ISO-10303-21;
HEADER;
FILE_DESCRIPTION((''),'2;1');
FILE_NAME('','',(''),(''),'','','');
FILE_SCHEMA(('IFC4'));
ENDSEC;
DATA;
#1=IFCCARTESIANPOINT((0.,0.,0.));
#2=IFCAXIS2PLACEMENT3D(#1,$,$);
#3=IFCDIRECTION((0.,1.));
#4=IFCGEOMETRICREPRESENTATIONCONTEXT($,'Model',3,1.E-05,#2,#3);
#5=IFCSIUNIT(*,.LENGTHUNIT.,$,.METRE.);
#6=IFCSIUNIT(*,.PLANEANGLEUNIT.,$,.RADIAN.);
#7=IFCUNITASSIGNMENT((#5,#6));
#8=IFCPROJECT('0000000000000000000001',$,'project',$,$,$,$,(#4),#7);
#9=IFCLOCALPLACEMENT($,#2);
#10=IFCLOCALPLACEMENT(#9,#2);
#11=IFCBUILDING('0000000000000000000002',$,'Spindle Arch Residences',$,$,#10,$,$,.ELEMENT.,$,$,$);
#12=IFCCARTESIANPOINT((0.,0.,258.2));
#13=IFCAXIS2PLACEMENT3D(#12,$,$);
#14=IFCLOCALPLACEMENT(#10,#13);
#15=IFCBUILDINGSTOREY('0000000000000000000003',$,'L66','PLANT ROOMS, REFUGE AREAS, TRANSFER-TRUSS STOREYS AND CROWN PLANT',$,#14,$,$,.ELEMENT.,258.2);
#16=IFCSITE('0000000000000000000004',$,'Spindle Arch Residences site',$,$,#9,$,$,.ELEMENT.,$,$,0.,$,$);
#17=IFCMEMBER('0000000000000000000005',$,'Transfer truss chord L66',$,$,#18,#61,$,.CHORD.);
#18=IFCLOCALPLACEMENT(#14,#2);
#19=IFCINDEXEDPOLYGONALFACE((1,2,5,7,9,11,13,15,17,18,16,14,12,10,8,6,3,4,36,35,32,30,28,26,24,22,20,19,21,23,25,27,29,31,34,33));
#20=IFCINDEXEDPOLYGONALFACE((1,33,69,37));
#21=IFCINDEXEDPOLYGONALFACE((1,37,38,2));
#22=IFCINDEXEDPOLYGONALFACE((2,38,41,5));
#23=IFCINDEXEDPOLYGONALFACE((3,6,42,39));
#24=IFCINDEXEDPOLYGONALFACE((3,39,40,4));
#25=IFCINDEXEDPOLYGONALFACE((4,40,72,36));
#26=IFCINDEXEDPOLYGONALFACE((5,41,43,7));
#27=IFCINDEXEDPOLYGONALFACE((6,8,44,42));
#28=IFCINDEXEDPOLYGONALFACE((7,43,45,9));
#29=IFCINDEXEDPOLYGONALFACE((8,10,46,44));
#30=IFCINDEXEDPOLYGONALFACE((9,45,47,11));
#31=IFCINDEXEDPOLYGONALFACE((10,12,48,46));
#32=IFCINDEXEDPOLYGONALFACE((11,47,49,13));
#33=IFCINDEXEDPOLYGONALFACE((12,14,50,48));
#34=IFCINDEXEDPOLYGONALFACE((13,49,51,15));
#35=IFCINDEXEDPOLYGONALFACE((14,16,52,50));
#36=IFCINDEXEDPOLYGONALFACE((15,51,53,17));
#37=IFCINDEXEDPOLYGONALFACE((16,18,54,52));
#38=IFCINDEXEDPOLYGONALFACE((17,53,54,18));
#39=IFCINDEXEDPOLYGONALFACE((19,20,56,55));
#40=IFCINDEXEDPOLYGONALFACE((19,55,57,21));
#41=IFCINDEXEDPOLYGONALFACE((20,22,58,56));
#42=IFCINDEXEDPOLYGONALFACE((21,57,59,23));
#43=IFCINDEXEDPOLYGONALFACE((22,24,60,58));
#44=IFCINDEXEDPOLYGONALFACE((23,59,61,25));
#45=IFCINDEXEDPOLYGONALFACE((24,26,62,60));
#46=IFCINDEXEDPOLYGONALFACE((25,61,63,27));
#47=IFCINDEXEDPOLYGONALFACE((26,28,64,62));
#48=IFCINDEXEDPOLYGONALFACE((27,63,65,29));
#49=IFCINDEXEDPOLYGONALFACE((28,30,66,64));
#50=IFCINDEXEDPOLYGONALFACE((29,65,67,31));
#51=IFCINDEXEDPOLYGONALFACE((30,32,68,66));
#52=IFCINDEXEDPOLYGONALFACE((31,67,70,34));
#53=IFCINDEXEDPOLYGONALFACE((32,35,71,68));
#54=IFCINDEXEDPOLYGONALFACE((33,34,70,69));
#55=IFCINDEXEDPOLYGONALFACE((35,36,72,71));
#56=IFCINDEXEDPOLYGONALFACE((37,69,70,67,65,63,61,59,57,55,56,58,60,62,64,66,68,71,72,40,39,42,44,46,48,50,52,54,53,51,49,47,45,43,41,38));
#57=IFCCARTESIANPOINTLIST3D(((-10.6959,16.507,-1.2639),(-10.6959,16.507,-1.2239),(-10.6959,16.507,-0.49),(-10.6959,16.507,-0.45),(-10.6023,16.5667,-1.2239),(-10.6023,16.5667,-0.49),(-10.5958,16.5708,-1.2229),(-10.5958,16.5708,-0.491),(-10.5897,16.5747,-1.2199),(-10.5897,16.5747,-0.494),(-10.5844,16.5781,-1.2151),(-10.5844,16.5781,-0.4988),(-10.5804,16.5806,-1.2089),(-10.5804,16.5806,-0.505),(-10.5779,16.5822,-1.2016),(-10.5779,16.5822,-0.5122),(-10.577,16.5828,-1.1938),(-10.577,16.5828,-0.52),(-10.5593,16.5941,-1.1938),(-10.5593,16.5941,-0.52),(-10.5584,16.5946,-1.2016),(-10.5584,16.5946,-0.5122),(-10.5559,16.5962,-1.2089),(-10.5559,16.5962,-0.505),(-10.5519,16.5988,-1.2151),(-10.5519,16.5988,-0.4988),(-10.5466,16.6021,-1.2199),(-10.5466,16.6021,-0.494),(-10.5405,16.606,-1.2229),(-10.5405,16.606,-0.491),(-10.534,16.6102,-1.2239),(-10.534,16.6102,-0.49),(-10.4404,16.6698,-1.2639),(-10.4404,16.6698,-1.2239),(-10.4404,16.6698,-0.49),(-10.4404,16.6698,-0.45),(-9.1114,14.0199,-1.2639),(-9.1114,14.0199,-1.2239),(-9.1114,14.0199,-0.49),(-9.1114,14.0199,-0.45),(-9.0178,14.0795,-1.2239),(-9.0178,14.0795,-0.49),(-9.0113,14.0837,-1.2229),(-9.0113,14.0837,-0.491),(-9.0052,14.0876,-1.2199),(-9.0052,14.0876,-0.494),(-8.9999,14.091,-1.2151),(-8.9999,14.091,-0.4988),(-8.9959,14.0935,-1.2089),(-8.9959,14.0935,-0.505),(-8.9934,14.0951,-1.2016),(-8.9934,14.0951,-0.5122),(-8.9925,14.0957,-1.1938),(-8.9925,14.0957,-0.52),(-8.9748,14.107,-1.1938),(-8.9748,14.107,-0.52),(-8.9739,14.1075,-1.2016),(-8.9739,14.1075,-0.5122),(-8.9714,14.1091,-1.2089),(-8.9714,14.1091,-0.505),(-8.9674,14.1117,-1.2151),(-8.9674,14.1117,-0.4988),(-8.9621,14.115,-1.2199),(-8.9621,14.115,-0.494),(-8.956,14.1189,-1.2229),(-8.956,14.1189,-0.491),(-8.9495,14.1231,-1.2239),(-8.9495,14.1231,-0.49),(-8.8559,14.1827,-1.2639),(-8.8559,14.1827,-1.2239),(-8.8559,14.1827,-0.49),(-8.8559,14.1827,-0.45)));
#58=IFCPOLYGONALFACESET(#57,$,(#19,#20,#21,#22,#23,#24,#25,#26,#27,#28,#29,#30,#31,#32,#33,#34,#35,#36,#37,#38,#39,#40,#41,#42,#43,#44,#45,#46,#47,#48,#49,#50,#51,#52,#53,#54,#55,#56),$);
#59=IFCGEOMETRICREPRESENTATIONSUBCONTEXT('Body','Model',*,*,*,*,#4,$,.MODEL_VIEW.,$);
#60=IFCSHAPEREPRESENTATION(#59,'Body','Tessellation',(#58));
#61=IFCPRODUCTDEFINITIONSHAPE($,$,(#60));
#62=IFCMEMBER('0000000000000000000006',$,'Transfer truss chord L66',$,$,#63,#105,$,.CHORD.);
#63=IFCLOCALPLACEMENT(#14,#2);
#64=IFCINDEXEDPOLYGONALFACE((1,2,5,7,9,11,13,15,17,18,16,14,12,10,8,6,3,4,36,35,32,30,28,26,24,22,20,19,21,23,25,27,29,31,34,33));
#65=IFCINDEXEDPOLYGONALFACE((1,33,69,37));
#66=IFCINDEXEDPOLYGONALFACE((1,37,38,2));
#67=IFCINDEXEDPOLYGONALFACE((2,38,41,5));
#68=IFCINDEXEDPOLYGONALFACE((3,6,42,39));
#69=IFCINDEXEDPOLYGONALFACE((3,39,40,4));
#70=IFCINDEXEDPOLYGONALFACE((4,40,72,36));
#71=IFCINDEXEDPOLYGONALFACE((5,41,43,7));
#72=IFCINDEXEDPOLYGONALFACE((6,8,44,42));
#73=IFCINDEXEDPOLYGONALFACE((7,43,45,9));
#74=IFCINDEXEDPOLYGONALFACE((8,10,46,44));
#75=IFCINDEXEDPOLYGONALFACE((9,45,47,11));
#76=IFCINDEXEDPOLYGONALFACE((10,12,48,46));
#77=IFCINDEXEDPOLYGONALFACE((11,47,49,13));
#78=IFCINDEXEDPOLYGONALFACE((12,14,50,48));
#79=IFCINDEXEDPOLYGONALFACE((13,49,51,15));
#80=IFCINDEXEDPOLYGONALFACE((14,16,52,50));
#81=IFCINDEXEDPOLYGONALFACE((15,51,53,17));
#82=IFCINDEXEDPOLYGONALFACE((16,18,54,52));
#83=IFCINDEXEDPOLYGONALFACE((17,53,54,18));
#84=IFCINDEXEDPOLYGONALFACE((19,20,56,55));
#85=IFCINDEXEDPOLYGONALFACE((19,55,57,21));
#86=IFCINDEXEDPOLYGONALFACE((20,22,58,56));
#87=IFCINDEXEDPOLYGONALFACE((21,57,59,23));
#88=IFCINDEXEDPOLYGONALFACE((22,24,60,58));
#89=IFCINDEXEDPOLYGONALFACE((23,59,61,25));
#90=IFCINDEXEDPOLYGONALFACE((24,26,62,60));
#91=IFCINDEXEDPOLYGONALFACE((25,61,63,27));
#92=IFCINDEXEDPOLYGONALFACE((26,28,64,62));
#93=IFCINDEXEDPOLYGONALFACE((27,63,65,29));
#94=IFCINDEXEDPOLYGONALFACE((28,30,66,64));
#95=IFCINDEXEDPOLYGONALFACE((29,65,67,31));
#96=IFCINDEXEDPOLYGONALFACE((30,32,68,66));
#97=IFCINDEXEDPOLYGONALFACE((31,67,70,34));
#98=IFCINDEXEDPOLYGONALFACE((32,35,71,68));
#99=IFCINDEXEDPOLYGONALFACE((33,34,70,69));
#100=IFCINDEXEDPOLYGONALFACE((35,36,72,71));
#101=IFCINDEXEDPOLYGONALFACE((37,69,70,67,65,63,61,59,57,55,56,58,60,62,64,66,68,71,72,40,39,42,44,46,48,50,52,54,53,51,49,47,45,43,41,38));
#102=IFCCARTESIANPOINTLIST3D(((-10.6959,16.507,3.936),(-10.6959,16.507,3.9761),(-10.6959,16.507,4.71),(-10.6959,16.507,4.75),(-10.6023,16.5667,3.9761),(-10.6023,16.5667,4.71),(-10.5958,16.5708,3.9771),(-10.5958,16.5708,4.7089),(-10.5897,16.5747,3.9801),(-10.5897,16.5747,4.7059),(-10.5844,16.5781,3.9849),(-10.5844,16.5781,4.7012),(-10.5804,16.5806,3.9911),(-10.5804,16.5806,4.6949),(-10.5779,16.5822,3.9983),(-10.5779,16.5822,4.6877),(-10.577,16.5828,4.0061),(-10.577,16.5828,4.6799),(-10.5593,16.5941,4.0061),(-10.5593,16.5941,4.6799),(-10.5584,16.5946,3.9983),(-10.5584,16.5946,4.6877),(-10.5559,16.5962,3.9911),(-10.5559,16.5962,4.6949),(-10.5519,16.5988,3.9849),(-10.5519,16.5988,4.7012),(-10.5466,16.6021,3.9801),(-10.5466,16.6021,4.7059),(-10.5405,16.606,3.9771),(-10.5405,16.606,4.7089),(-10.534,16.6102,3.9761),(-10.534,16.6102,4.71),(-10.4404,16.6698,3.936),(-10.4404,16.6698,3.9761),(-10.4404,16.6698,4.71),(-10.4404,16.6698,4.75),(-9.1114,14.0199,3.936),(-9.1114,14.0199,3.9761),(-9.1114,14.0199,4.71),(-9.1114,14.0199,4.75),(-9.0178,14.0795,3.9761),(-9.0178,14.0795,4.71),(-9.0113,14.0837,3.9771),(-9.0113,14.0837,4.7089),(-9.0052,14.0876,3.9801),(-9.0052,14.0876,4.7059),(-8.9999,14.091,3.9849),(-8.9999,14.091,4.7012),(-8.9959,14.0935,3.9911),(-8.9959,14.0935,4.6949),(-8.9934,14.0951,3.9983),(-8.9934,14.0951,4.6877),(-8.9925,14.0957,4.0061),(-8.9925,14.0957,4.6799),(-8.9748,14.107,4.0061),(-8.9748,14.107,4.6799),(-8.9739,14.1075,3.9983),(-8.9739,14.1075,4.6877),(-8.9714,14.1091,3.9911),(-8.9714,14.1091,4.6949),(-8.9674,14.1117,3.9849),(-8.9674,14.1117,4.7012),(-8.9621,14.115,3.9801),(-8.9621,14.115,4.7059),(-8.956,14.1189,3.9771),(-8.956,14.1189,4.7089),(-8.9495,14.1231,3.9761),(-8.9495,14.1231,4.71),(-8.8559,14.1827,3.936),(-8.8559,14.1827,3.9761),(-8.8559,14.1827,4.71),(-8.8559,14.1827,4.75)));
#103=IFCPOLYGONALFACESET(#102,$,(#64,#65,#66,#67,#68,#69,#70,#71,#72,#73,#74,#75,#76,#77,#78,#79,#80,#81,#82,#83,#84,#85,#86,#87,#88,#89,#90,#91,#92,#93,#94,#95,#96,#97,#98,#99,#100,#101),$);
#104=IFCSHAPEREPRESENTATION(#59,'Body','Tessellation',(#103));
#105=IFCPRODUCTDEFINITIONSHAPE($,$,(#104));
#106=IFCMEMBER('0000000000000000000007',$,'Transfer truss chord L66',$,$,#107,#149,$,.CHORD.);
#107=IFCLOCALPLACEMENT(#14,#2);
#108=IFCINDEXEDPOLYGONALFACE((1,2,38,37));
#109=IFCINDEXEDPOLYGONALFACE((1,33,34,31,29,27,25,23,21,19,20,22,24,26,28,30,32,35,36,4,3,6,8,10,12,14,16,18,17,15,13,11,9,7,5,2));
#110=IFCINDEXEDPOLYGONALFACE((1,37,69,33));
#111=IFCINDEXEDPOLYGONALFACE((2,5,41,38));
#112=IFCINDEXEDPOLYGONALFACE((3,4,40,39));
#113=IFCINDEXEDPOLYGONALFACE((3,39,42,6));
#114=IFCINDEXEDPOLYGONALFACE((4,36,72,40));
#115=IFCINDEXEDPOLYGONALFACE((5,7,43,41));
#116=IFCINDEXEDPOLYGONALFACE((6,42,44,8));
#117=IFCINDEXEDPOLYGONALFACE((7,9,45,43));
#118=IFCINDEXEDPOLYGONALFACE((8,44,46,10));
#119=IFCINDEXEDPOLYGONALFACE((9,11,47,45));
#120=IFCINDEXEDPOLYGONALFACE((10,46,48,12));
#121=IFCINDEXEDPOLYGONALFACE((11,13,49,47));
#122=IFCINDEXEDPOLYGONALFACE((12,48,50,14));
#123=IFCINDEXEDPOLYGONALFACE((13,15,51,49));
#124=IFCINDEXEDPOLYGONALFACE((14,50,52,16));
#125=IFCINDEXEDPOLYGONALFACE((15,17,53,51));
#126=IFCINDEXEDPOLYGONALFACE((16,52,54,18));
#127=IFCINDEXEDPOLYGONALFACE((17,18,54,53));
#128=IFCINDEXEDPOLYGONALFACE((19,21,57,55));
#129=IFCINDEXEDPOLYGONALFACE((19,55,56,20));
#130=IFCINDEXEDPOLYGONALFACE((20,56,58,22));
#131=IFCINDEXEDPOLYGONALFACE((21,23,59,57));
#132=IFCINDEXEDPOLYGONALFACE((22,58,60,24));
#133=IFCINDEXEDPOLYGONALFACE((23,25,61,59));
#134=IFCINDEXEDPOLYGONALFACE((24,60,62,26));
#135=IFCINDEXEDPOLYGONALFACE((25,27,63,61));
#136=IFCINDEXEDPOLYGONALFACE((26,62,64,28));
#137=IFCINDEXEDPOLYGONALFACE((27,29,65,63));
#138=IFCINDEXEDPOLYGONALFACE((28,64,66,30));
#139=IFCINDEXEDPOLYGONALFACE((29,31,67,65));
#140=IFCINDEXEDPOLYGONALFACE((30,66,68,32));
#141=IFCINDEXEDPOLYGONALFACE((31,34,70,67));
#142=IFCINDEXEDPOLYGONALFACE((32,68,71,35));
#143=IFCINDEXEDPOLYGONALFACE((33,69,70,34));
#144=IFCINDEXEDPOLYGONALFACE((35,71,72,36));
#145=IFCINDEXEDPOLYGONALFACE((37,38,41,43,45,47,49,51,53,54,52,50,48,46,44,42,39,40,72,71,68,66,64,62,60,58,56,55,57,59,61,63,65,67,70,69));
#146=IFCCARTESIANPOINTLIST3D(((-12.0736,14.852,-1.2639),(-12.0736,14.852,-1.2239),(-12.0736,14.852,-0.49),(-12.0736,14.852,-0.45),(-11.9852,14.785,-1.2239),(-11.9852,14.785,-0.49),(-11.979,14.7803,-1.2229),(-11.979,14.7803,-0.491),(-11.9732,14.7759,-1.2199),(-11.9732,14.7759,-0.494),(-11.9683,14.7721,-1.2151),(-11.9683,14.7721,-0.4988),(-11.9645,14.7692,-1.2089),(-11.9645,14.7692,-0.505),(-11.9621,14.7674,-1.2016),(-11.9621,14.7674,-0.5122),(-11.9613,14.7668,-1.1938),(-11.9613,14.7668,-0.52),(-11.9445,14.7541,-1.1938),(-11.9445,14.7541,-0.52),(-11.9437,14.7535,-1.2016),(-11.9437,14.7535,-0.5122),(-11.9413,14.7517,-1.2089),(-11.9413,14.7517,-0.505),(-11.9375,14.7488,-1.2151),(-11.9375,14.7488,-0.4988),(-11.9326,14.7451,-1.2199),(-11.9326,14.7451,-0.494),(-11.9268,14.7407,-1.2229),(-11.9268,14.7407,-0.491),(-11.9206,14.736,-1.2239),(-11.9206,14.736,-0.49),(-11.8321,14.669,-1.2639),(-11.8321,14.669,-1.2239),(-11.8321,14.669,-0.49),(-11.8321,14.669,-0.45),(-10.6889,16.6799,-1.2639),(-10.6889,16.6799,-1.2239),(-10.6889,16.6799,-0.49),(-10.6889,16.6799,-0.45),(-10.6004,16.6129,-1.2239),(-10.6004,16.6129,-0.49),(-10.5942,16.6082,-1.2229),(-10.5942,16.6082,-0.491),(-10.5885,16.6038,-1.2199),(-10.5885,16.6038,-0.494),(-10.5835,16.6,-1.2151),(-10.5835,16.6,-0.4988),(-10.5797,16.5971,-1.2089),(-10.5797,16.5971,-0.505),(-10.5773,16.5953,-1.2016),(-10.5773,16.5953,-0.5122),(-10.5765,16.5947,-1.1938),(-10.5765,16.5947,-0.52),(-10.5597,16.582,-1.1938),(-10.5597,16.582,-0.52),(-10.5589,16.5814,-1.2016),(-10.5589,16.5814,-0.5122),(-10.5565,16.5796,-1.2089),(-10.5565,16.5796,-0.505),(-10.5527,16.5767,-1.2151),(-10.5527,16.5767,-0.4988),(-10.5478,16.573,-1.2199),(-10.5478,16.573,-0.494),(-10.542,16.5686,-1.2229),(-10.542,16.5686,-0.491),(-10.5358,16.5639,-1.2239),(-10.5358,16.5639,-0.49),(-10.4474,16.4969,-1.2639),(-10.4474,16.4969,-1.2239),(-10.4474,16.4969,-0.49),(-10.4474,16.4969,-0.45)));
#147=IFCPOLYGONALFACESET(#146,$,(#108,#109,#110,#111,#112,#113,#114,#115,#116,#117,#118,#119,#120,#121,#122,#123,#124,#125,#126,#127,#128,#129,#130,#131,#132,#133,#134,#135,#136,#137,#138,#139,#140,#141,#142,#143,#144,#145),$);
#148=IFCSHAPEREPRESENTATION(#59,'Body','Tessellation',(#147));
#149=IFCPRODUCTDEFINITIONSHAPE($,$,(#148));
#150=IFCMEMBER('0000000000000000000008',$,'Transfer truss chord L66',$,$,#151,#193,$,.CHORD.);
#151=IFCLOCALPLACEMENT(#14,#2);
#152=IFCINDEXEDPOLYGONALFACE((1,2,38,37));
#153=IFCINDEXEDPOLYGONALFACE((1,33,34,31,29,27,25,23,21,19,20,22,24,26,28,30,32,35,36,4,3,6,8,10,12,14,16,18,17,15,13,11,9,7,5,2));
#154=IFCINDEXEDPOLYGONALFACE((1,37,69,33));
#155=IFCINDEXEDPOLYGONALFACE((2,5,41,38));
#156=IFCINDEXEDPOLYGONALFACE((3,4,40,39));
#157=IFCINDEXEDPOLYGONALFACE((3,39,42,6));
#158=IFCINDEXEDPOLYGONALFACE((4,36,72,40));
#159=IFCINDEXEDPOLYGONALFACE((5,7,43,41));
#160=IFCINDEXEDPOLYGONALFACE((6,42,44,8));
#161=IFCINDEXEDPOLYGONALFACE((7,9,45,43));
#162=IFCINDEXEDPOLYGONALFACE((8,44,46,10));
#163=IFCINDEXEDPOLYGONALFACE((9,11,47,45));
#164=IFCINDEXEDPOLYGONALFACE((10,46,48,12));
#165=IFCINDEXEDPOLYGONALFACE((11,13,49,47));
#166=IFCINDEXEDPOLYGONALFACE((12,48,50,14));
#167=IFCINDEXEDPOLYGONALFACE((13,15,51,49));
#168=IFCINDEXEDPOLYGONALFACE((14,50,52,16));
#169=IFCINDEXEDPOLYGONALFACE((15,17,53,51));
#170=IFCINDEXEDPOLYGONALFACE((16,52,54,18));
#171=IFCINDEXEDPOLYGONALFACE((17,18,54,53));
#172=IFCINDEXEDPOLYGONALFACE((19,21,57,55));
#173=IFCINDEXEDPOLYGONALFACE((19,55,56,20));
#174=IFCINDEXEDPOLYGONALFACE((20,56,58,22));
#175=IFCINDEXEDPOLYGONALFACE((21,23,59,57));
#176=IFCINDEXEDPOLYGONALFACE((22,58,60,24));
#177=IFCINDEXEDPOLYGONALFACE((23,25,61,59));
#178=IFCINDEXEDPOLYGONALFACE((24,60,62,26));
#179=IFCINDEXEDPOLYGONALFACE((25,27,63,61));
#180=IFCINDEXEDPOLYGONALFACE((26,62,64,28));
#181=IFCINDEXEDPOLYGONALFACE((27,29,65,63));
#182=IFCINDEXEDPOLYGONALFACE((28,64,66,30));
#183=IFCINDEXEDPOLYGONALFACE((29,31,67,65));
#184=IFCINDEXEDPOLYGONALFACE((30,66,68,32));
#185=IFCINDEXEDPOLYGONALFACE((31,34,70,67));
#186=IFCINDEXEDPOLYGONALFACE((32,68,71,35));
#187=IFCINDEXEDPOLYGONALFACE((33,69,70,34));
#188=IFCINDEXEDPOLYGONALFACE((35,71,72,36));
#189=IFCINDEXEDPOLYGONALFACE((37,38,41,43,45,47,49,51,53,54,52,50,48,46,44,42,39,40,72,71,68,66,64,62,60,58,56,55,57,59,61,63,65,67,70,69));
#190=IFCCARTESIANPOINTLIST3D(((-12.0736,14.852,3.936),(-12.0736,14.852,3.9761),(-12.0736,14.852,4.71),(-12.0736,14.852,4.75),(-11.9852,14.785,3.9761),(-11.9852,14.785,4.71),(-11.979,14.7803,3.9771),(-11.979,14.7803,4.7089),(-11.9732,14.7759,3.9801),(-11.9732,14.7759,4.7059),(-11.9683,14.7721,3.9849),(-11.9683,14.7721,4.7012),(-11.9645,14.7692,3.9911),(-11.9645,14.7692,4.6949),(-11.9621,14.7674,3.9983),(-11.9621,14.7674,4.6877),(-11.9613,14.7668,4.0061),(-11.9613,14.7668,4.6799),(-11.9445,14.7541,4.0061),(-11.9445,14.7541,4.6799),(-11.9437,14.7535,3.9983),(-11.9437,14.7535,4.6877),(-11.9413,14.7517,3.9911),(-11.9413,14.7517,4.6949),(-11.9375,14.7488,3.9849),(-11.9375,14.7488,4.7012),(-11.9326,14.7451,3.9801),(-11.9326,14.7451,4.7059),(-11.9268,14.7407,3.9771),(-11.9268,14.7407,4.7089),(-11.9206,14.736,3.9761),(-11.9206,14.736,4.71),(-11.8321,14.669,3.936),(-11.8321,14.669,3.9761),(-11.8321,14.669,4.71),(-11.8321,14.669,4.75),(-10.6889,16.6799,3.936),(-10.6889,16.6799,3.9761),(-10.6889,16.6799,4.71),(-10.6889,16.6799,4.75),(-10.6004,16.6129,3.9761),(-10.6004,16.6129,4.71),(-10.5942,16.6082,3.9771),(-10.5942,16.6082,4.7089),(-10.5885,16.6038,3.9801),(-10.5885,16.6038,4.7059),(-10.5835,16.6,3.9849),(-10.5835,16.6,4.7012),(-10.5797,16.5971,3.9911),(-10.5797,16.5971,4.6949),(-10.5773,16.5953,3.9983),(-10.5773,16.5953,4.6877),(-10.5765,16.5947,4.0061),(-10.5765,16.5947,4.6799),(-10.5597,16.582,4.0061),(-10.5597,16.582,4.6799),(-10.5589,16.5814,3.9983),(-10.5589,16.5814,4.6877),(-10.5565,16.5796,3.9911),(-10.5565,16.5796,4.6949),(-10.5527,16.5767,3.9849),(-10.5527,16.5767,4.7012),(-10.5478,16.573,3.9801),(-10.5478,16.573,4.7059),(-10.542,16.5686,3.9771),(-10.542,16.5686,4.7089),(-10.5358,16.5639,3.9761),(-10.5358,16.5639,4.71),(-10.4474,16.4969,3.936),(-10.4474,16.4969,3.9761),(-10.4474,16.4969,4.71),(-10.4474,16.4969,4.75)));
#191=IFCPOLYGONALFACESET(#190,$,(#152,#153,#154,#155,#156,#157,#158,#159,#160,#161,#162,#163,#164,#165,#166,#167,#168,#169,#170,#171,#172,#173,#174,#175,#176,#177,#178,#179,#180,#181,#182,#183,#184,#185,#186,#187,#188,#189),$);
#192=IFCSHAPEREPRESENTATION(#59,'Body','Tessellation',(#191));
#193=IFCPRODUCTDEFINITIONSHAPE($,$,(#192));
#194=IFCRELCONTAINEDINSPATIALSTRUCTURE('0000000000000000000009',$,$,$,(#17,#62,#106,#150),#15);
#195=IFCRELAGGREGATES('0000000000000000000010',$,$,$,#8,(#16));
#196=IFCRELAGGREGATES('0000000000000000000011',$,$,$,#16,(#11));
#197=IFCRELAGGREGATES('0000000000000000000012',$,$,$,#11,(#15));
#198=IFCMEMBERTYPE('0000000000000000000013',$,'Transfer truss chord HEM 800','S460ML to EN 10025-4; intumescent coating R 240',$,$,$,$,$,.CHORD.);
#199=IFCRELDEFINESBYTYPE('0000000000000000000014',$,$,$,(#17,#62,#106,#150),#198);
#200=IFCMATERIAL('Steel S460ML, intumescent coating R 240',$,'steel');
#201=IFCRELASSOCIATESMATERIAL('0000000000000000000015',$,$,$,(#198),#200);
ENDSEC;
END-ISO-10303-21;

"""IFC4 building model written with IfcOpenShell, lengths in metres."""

from ifc_helpers import new_model, si_unit, direction, frame, origin, origin_2d, place, context, subcontext, project, spatial, i_section, extrude, material, material_profile, profile_set, type_object, element, save


model = new_model("IFC4")

# Units and contexts
model_context = context("Model", 3, precision=1e-05, world=origin(), true_north=direction((0.0, 1.0)))
body_context = subcontext(model_context, "Body", "Model", "MODEL_VIEW")
ifc_project = project(units=[si_unit("LENGTHUNIT", "METRE"), si_unit("PLANEANGLEUNIT", "RADIAN")], contexts=[model_context])

# Site, building, storey
site_placement = place(None, origin())
site = spatial("IfcSite", under=ifc_project, at=site_placement, Name="Spindle Arch Residences site", CompositionType="ELEMENT", RefElevation=0.0)
building_placement = place(site_placement, origin())
building = spatial("IfcBuilding", under=site, at=building_placement, Name="Spindle Arch Residences", CompositionType="ELEMENT")
storey_placement = place(building_placement, frame((0.0, 0.0, 258.2)))
storey = spatial("IfcBuildingStorey", under=building, at=storey_placement, Name="L66", Description="PLANT ROOMS, REFUGE AREAS, TRANSFER-TRUSS STOREYS AND CROWN PLANT", CompositionType="ELEMENT", Elevation=258.2)

# Members
ifc_material_1 = material(Name="Steel S460ML, intumescent coating R 240", Category="steel")
ifc_material_profile_1 = material_profile(ifc_material_1, i_section(OverallWidth=0.303, OverallDepth=0.814, WebThickness=0.021, FlangeThickness=0.04, FilletRadius=0.03, at=origin_2d()), Name="HEM 800")
ifc_profile_set_1 = profile_set([ifc_material_profile_1], Name="Steel S460ML, intumescent coating R 240")
member_type_1 = type_object("IfcMemberType", Name="Transfer truss chord HEM 800", Description="S460ML to EN 10025-4; intumescent coating R 240", PredefinedType="CHORD", material=ifc_profile_set_1)
for number, where, z_axis, x_axis, name in (
    (1, (-8.9836, 14.1013, -0.8569), (-0.537309, 0.843385, 0.0), (-0.843385, -0.537309, 0.0), "Transfer truss chord L66"),
    (2, (-8.9836, 14.1013, 4.343), (-0.537309, 0.843385, 0.0), (-0.843385, -0.537309, 0.0), "Transfer truss chord L66"),
):
    element("IfcMember", number, at=place(storey_placement, frame(where, z_axis=z_axis, x_axis=x_axis)), inside=storey, type_object=member_type_1, Name=name, PredefinedType="CHORD", context=body_context, shape_type="SweptSolid", body=[
        extrude(i_section(OverallWidth=0.303, OverallDepth=0.814, WebThickness=0.021, FlangeThickness=0.04, FilletRadius=0.03, at=origin_2d()), origin(), (0.0, 0.0, 1.0), 2.949),
    ])
for number, where, z_axis, x_axis, name in (
    (3, (-10.5681, 16.5884, -0.8569), (-0.60386, -0.797091, 0.0), (0.797091, -0.60386, 0.0), "Transfer truss chord L66"),
    (4, (-10.5681, 16.5884, 4.343), (-0.60386, -0.797091, 0.0), (0.797091, -0.60386, 0.0), "Transfer truss chord L66"),
):
    element("IfcMember", number, at=place(storey_placement, frame(where, z_axis=z_axis, x_axis=x_axis)), inside=storey, type_object=member_type_1, Name=name, PredefinedType="CHORD", context=body_context, shape_type="SweptSolid", body=[
        extrude(i_section(OverallWidth=0.303, OverallDepth=0.814, WebThickness=0.021, FlangeThickness=0.04, FilletRadius=0.03, at=origin_2d()), origin(), (0.0, 0.0, 1.0), 2.2932),
    ])

save(model, "model.ifc")
